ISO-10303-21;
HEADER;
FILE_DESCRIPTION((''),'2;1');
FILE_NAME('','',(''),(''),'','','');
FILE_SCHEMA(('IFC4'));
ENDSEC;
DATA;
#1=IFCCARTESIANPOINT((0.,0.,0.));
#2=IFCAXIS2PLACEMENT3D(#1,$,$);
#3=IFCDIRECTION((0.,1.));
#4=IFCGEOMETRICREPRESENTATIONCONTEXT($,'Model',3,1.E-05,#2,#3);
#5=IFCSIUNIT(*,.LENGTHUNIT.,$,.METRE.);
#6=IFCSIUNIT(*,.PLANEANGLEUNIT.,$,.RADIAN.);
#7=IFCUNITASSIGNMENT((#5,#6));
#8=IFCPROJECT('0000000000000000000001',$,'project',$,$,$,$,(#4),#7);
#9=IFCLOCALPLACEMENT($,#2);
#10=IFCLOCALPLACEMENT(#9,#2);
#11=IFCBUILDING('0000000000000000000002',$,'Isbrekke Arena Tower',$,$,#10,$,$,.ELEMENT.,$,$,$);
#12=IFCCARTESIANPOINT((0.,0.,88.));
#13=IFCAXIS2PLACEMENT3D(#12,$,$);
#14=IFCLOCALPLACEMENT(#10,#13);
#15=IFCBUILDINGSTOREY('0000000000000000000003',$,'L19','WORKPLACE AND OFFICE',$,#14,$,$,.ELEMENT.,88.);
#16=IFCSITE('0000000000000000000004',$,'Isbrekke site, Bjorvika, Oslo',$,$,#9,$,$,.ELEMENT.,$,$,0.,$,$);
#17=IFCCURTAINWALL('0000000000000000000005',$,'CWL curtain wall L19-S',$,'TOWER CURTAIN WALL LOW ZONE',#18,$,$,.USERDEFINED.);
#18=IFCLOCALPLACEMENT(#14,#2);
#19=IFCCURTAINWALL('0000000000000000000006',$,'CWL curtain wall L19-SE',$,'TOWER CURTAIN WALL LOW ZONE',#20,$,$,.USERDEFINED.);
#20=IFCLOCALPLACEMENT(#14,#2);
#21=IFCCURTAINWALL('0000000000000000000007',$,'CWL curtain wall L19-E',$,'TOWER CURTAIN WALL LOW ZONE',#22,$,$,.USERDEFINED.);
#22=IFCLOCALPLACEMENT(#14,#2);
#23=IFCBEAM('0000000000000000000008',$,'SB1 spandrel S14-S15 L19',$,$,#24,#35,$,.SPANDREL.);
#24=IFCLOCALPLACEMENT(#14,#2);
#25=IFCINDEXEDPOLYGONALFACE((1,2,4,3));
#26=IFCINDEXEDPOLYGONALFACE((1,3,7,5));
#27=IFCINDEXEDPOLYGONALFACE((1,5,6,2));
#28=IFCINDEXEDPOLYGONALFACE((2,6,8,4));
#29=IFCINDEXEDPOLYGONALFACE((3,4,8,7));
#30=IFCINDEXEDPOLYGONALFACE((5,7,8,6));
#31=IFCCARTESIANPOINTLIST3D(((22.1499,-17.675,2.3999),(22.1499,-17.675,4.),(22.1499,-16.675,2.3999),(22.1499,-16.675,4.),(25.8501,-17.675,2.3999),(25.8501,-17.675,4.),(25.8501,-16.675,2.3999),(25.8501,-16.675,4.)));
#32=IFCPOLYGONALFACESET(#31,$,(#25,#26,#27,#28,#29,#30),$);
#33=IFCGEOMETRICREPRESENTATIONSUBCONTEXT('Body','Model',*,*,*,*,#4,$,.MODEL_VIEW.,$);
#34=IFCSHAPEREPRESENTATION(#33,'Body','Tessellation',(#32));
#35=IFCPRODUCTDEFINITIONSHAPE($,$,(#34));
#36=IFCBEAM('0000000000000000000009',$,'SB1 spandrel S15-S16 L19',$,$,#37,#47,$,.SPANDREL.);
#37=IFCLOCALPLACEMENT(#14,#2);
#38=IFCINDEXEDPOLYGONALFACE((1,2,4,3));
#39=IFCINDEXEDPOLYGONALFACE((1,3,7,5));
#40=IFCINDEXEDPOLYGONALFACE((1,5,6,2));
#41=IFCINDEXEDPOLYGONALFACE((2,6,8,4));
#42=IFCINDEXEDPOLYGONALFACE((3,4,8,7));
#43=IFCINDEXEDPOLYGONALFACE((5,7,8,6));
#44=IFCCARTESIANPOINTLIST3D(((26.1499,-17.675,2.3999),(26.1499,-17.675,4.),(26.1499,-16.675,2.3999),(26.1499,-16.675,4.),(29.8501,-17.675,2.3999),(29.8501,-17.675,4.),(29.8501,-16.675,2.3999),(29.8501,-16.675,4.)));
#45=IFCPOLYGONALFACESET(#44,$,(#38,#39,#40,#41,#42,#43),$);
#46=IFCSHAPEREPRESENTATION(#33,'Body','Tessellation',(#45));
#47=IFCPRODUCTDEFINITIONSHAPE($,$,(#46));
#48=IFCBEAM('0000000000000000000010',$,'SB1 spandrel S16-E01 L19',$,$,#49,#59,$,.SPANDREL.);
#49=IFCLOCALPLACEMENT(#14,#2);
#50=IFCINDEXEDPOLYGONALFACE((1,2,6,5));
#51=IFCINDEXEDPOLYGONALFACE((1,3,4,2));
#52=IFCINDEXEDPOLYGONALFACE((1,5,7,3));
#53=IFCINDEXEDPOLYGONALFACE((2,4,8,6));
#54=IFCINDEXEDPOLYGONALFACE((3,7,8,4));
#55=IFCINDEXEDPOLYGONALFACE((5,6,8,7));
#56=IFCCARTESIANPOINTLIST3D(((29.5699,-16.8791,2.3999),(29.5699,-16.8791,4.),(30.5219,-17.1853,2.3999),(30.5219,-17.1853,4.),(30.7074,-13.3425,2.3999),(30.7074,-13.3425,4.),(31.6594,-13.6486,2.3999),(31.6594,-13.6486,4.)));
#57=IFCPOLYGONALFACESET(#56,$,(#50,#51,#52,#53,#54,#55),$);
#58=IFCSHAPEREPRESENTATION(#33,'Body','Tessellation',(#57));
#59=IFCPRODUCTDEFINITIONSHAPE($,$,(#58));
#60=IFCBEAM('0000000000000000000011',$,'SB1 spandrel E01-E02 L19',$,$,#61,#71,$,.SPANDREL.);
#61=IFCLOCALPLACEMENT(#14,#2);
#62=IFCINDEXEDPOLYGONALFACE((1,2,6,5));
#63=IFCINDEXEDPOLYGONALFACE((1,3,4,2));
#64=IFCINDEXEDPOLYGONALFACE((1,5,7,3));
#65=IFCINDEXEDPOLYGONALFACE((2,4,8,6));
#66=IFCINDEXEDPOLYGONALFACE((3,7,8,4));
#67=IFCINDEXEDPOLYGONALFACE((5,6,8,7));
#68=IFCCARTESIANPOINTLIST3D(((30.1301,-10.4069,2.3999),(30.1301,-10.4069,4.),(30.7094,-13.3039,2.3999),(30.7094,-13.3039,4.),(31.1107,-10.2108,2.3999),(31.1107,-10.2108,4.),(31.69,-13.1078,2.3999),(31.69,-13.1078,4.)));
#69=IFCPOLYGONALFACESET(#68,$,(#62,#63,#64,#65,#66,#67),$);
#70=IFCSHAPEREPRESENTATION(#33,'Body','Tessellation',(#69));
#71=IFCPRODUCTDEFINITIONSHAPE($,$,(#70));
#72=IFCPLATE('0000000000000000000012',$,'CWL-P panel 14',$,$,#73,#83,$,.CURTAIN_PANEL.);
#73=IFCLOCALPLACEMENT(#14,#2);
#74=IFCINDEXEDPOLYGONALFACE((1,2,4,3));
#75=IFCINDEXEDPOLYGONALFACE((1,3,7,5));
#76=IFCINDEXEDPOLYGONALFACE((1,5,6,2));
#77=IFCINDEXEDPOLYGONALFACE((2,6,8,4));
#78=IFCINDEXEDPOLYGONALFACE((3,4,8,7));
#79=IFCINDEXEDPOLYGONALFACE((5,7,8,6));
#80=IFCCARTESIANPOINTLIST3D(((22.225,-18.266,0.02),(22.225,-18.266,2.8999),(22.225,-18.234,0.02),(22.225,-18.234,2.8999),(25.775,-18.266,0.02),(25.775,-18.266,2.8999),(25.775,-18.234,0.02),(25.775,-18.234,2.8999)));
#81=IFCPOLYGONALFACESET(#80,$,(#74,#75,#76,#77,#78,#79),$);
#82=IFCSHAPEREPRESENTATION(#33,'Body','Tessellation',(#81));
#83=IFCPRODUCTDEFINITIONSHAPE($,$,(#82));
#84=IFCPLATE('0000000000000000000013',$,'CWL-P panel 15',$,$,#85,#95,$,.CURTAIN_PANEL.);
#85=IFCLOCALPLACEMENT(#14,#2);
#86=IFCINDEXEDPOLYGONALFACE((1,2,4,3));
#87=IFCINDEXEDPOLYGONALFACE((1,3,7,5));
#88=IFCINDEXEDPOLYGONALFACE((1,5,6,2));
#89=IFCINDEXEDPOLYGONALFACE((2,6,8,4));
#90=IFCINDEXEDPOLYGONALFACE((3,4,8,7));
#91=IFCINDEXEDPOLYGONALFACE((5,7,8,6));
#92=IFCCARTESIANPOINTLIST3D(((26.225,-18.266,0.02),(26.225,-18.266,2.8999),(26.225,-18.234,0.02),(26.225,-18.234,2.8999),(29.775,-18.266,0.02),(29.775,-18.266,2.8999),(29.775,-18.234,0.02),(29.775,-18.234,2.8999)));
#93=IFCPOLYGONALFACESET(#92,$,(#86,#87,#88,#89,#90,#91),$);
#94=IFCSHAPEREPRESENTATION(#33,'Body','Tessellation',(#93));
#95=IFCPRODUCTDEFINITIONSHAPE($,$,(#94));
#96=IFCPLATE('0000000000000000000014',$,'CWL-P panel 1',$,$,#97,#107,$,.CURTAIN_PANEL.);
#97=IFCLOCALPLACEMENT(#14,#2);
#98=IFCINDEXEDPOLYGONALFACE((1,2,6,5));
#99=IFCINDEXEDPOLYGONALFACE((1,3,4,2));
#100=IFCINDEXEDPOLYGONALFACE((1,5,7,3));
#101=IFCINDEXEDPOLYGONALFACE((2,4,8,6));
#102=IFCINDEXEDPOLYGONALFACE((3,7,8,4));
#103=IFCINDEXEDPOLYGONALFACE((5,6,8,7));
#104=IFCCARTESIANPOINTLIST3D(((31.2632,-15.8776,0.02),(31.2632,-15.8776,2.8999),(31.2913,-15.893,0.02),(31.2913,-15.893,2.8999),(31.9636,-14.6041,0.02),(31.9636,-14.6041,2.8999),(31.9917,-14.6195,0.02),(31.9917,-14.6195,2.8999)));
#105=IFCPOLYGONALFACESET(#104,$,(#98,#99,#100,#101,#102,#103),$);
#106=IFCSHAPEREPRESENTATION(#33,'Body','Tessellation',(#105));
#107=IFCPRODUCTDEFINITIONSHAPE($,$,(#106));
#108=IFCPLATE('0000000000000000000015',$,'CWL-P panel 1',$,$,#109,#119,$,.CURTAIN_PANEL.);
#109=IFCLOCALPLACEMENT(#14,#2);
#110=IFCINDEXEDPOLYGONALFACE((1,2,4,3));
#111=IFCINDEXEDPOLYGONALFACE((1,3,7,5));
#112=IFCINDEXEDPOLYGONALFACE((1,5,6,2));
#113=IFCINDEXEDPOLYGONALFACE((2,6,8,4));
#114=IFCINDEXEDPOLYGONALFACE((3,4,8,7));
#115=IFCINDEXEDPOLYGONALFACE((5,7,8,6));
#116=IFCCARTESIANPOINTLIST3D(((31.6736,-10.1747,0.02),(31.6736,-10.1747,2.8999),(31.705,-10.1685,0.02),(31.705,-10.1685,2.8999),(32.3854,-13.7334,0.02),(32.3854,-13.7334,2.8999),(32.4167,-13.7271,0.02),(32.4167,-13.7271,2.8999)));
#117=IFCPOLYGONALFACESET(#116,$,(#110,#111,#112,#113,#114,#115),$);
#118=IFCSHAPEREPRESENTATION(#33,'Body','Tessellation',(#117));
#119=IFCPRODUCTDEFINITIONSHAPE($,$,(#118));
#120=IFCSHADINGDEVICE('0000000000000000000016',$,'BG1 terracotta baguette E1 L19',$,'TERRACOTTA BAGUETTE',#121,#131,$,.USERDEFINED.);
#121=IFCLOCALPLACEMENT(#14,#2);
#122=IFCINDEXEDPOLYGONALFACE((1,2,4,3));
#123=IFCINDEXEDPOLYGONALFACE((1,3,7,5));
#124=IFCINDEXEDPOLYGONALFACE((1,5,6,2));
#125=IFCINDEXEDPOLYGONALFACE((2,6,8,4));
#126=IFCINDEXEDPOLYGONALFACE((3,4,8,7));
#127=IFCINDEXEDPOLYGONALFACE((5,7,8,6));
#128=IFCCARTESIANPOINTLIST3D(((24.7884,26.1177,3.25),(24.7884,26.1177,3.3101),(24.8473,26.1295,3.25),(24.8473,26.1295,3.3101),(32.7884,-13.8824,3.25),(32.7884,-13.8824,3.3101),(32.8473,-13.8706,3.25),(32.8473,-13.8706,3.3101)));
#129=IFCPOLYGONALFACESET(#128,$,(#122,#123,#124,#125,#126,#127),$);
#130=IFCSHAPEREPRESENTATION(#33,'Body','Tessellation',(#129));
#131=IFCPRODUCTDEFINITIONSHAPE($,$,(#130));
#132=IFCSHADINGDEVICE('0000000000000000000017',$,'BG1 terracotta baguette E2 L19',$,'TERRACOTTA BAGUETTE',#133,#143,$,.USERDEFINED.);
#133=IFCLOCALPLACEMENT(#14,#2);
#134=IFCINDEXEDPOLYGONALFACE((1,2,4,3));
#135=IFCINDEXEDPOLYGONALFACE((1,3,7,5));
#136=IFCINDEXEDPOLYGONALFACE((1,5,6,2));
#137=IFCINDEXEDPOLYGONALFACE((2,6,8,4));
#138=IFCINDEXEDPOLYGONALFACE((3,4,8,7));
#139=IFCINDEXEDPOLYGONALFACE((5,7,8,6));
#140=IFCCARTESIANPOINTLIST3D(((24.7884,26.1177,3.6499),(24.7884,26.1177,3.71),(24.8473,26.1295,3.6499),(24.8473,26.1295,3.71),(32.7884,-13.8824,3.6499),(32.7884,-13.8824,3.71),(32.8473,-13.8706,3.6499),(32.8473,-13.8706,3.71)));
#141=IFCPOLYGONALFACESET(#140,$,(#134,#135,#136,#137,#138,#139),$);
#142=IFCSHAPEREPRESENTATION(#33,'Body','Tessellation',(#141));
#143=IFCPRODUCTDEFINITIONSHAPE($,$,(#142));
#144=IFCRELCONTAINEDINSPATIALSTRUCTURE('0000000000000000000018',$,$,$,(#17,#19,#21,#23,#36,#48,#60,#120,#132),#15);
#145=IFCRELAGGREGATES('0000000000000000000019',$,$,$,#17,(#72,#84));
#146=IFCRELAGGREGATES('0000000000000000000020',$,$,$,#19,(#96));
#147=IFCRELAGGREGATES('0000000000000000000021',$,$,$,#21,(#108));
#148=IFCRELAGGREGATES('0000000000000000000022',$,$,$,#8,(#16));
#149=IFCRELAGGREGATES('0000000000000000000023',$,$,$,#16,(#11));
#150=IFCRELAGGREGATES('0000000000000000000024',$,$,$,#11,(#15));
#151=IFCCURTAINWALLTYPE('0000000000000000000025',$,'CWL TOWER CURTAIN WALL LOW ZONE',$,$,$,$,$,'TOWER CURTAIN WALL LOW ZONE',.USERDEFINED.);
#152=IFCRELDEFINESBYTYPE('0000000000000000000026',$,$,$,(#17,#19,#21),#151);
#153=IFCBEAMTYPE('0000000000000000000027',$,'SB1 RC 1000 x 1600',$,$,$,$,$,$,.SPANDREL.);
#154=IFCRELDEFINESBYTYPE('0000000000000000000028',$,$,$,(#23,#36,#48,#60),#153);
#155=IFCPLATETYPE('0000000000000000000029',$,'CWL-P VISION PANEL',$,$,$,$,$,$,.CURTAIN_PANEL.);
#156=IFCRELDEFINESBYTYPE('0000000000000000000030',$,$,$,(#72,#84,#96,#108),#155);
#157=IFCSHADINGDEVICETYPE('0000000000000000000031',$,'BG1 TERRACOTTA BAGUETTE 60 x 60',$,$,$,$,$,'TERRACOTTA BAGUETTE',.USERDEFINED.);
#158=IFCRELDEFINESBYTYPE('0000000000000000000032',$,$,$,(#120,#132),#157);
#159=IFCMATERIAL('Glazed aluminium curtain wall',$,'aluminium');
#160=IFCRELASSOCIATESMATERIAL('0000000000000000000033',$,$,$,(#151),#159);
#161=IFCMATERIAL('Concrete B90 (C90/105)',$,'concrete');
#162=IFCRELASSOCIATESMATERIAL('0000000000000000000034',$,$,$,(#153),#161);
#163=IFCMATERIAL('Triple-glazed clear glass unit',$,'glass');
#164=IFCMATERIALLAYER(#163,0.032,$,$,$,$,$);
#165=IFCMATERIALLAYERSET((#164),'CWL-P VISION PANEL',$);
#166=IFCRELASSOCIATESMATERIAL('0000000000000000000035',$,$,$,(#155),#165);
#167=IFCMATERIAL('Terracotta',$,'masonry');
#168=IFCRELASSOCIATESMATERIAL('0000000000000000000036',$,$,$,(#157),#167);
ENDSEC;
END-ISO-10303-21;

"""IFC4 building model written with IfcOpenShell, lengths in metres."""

from ifc_helpers import new_model, si_unit, direction, frame, origin, origin_2d, place, context, subcontext, project, spatial, rectangle, extrude, material, layer, layer_set, material_profile, profile_set, type_object, element, aggregate, save


model = new_model("IFC4")

# Units and contexts
model_context = context("Model", 3, precision=1e-05, world=origin(), true_north=direction((0.0, 1.0)))
body_context = subcontext(model_context, "Body", "Model", "MODEL_VIEW")
ifc_project = project(units=[si_unit("LENGTHUNIT", "METRE"), si_unit("PLANEANGLEUNIT", "RADIAN")], contexts=[model_context])

# Site, building, storey
site_placement = place(None, origin())
site = spatial("IfcSite", under=ifc_project, at=site_placement, Name="Isbrekke site, Bjorvika, Oslo", CompositionType="ELEMENT", RefElevation=0.0)
building_placement = place(site_placement, origin())
building = spatial("IfcBuilding", under=site, at=building_placement, Name="Isbrekke Arena Tower", CompositionType="ELEMENT")
storey_placement = place(building_placement, frame((0.0, 0.0, 88.0)))
storey = spatial("IfcBuildingStorey", under=building, at=storey_placement, Name="L19", Description="WORKPLACE AND OFFICE", CompositionType="ELEMENT", Elevation=88.0)

# Curtain walls
ifc_material_1 = material(Name="Glazed aluminium curtain wall", Category="aluminium")
curtain_wall_type = type_object("IfcCurtainWallType", Name="CWL TOWER CURTAIN WALL LOW ZONE", ElementType="TOWER CURTAIN WALL LOW ZONE", PredefinedType="USERDEFINED", material=ifc_material_1)
curtain_wall_1_placement = place(storey_placement, origin())
curtain_wall_1 = element("IfcCurtainWall", 1, at=curtain_wall_1_placement, inside=storey, type_object=curtain_wall_type, Name="CWL curtain wall L19-S", ObjectType="TOWER CURTAIN WALL LOW ZONE", PredefinedType="USERDEFINED")
curtain_wall_2_placement = place(storey_placement, origin())
curtain_wall_2 = element("IfcCurtainWall", 2, at=curtain_wall_2_placement, inside=storey, type_object=curtain_wall_type, Name="CWL curtain wall L19-SE", ObjectType="TOWER CURTAIN WALL LOW ZONE", PredefinedType="USERDEFINED")

# Curtain wall
curtain_wall_3_placement = place(storey_placement, origin())
curtain_wall_3 = element("IfcCurtainWall", 3, at=curtain_wall_3_placement, inside=storey, type_object=curtain_wall_type, Name="CWL curtain wall L19-E", ObjectType="TOWER CURTAIN WALL LOW ZONE", PredefinedType="USERDEFINED")

# Beams
ifc_material_2 = material(Name="Concrete B90 (C90/105)", Category="concrete")
ifc_material_profile_1 = material_profile(ifc_material_2, rectangle(XDim=1.0, YDim=1.6001, at=origin_2d()), Name="RC 1000x1600")
ifc_profile_set_1 = profile_set([ifc_material_profile_1], Name="Concrete B90 (C90/105)")
beam_type_1 = type_object("IfcBeamType", Name="SB1 RC 1000 x 1600", PredefinedType="SPANDREL", material=ifc_profile_set_1)
for number, where, z_axis, x_axis, name in (
    (4, (22.1499, -17.175, 3.2), (1.0, 0.0, 0.0), (0.0, 1.0, 0.0), "SB1 spandrel S14-S15 L19"),
    (5, (26.1499, -17.175, 3.2), (1.0, 0.0, 0.0), (0.0, 1.0, 0.0), "SB1 spandrel S15-S16 L19"),
):
    element("IfcBeam", number, at=place(storey_placement, frame(where, z_axis=z_axis, x_axis=x_axis)), inside=storey, type_object=beam_type_1, Name=name, PredefinedType="SPANDREL", context=body_context, shape_type="SweptSolid", body=[
        extrude(rectangle(XDim=1.0, YDim=1.6001, at=origin_2d()), origin(), (0.0, 0.0, 1.0), 3.7002),
    ])
beam_1_placement = place(storey_placement, frame((30.0459, -17.0322, 3.2), z_axis=(0.306175, 0.951975, 0.0), x_axis=(-0.951975, 0.306175, 0.0)))
element("IfcBeam", 6, at=beam_1_placement, inside=storey, type_object=beam_type_1, Name="SB1 spandrel S16-E01 L19", PredefinedType="SPANDREL", context=body_context, shape_type="SweptSolid", body=[
    extrude(rectangle(XDim=1.0, YDim=1.6001, at=origin_2d()), origin(), (0.0, 0.0, 1.0), 3.7151),
])
beam_2_placement = place(storey_placement, frame((31.1997, -13.2058, 3.2), z_axis=(-0.1961, 0.980584, 0.0), x_axis=(-0.980584, -0.1961, 0.0)))
element("IfcBeam", 7, at=beam_2_placement, inside=storey, type_object=beam_type_1, Name="SB1 spandrel E01-E02 L19", PredefinedType="SPANDREL", context=body_context, shape_type="SweptSolid", body=[
    extrude(rectangle(XDim=1.0, YDim=1.6001, at=origin_2d()), origin(), (0.0, 0.0, 1.0), 2.9543),
])

# Plates
ifc_material_3 = material(Name="Triple-glazed clear glass unit", Category="glass")
ifc_layer = layer(ifc_material_3, 0.032)
ifc_layer_set = layer_set([ifc_layer], Name="CWL-P VISION PANEL")
plate_type = type_object("IfcPlateType", Name="CWL-P VISION PANEL", PredefinedType="CURTAIN_PANEL", material=ifc_layer_set)
plate_1_placement = place(storey_placement, frame((24.0, -18.25, 0.02), z_axis=(0.0, 0.0, 1.0), x_axis=(1.0, 0.0, 0.0)))
plate_1 = element("IfcPlate", 8, at=plate_1_placement, type_object=plate_type, Name="CWL-P panel 14", PredefinedType="CURTAIN_PANEL", context=body_context, shape_type="SweptSolid", body=[
    extrude(rectangle(XDim=3.55, YDim=0.032, at=origin_2d()), origin(), (0.0, 0.0, 1.0), 2.8799),
])
plate_2_placement = place(storey_placement, frame((28.0, -18.25, 0.02), z_axis=(0.0, 0.0, 1.0), x_axis=(1.0, 0.0, 0.0)))
plate_2 = element("IfcPlate", 9, at=plate_2_placement, type_object=plate_type, Name="CWL-P panel 15", PredefinedType="CURTAIN_PANEL", context=body_context, shape_type="SweptSolid", body=[
    extrude(rectangle(XDim=3.55, YDim=0.032, at=origin_2d()), origin(), (0.0, 0.0, 1.0), 2.8799),
])
aggregate(curtain_wall_1, [plate_1, plate_2])
plate_3_placement = place(storey_placement, frame((31.6274, -15.2485, 0.02), z_axis=(0.0, 0.0, 1.0), x_axis=(0.481919, 0.876216, 0.0)))
plate_3 = element("IfcPlate", 10, at=plate_3_placement, type_object=plate_type, Name="CWL-P panel 1", PredefinedType="CURTAIN_PANEL", context=body_context, shape_type="SweptSolid", body=[
    extrude(rectangle(XDim=1.4534, YDim=0.032, at=origin_2d()), origin(), (0.0, 0.0, 1.0), 2.8799),
])
aggregate(curtain_wall_2, [plate_3])
plate_4_placement = place(storey_placement, frame((32.0452, -11.9509, 0.02), z_axis=(0.0, 0.0, 1.0), x_axis=(-0.196116, 0.980581, 0.0)))
plate_4 = element("IfcPlate", 11, at=plate_4_placement, type_object=plate_type, Name="CWL-P panel 1", PredefinedType="CURTAIN_PANEL", context=body_context, shape_type="SweptSolid", body=[
    extrude(rectangle(XDim=3.6292, YDim=0.032, at=origin_2d()), origin(), (0.0, 0.0, 1.0), 2.8799),
])
aggregate(curtain_wall_3, [plate_4])

# Shading devices
ifc_material_4 = material(Name="Terracotta", Category="masonry")
ifc_material_profile_2 = material_profile(ifc_material_4, rectangle(XDim=0.0601, YDim=0.0601, at=origin_2d()), Name="BAGUETTE 60X60")
ifc_profile_set_2 = profile_set([ifc_material_profile_2], Name="Terracotta")
shading_device_type = type_object("IfcShadingDeviceType", Name="BG1 TERRACOTTA BAGUETTE 60 x 60", ElementType="TERRACOTTA BAGUETTE", PredefinedType="USERDEFINED", material=ifc_profile_set_2)
for number, where, z_axis, x_axis, name in (
    (12, (32.8179, -13.8765, 3.28), (-0.196116, 0.980581, 0.0), (-0.980581, -0.196116, 0.0), "BG1 terracotta baguette E1 L19"),
    (13, (32.8179, -13.8765, 3.6799), (-0.196116, 0.980581, 0.0), (-0.980581, -0.196116, 0.0), "BG1 terracotta baguette E2 L19"),
):
    element("IfcShadingDevice", number, at=place(storey_placement, frame(where, z_axis=z_axis, x_axis=x_axis)), inside=storey, type_object=shading_device_type, Name=name, ObjectType="TERRACOTTA BAGUETTE", PredefinedType="USERDEFINED", context=body_context, shape_type="SweptSolid", body=[
        extrude(rectangle(XDim=0.0601, YDim=0.0601, at=origin_2d()), origin(), (0.0, 0.0, 1.0), 40.7922),
    ])

save(model, "model.ifc")
